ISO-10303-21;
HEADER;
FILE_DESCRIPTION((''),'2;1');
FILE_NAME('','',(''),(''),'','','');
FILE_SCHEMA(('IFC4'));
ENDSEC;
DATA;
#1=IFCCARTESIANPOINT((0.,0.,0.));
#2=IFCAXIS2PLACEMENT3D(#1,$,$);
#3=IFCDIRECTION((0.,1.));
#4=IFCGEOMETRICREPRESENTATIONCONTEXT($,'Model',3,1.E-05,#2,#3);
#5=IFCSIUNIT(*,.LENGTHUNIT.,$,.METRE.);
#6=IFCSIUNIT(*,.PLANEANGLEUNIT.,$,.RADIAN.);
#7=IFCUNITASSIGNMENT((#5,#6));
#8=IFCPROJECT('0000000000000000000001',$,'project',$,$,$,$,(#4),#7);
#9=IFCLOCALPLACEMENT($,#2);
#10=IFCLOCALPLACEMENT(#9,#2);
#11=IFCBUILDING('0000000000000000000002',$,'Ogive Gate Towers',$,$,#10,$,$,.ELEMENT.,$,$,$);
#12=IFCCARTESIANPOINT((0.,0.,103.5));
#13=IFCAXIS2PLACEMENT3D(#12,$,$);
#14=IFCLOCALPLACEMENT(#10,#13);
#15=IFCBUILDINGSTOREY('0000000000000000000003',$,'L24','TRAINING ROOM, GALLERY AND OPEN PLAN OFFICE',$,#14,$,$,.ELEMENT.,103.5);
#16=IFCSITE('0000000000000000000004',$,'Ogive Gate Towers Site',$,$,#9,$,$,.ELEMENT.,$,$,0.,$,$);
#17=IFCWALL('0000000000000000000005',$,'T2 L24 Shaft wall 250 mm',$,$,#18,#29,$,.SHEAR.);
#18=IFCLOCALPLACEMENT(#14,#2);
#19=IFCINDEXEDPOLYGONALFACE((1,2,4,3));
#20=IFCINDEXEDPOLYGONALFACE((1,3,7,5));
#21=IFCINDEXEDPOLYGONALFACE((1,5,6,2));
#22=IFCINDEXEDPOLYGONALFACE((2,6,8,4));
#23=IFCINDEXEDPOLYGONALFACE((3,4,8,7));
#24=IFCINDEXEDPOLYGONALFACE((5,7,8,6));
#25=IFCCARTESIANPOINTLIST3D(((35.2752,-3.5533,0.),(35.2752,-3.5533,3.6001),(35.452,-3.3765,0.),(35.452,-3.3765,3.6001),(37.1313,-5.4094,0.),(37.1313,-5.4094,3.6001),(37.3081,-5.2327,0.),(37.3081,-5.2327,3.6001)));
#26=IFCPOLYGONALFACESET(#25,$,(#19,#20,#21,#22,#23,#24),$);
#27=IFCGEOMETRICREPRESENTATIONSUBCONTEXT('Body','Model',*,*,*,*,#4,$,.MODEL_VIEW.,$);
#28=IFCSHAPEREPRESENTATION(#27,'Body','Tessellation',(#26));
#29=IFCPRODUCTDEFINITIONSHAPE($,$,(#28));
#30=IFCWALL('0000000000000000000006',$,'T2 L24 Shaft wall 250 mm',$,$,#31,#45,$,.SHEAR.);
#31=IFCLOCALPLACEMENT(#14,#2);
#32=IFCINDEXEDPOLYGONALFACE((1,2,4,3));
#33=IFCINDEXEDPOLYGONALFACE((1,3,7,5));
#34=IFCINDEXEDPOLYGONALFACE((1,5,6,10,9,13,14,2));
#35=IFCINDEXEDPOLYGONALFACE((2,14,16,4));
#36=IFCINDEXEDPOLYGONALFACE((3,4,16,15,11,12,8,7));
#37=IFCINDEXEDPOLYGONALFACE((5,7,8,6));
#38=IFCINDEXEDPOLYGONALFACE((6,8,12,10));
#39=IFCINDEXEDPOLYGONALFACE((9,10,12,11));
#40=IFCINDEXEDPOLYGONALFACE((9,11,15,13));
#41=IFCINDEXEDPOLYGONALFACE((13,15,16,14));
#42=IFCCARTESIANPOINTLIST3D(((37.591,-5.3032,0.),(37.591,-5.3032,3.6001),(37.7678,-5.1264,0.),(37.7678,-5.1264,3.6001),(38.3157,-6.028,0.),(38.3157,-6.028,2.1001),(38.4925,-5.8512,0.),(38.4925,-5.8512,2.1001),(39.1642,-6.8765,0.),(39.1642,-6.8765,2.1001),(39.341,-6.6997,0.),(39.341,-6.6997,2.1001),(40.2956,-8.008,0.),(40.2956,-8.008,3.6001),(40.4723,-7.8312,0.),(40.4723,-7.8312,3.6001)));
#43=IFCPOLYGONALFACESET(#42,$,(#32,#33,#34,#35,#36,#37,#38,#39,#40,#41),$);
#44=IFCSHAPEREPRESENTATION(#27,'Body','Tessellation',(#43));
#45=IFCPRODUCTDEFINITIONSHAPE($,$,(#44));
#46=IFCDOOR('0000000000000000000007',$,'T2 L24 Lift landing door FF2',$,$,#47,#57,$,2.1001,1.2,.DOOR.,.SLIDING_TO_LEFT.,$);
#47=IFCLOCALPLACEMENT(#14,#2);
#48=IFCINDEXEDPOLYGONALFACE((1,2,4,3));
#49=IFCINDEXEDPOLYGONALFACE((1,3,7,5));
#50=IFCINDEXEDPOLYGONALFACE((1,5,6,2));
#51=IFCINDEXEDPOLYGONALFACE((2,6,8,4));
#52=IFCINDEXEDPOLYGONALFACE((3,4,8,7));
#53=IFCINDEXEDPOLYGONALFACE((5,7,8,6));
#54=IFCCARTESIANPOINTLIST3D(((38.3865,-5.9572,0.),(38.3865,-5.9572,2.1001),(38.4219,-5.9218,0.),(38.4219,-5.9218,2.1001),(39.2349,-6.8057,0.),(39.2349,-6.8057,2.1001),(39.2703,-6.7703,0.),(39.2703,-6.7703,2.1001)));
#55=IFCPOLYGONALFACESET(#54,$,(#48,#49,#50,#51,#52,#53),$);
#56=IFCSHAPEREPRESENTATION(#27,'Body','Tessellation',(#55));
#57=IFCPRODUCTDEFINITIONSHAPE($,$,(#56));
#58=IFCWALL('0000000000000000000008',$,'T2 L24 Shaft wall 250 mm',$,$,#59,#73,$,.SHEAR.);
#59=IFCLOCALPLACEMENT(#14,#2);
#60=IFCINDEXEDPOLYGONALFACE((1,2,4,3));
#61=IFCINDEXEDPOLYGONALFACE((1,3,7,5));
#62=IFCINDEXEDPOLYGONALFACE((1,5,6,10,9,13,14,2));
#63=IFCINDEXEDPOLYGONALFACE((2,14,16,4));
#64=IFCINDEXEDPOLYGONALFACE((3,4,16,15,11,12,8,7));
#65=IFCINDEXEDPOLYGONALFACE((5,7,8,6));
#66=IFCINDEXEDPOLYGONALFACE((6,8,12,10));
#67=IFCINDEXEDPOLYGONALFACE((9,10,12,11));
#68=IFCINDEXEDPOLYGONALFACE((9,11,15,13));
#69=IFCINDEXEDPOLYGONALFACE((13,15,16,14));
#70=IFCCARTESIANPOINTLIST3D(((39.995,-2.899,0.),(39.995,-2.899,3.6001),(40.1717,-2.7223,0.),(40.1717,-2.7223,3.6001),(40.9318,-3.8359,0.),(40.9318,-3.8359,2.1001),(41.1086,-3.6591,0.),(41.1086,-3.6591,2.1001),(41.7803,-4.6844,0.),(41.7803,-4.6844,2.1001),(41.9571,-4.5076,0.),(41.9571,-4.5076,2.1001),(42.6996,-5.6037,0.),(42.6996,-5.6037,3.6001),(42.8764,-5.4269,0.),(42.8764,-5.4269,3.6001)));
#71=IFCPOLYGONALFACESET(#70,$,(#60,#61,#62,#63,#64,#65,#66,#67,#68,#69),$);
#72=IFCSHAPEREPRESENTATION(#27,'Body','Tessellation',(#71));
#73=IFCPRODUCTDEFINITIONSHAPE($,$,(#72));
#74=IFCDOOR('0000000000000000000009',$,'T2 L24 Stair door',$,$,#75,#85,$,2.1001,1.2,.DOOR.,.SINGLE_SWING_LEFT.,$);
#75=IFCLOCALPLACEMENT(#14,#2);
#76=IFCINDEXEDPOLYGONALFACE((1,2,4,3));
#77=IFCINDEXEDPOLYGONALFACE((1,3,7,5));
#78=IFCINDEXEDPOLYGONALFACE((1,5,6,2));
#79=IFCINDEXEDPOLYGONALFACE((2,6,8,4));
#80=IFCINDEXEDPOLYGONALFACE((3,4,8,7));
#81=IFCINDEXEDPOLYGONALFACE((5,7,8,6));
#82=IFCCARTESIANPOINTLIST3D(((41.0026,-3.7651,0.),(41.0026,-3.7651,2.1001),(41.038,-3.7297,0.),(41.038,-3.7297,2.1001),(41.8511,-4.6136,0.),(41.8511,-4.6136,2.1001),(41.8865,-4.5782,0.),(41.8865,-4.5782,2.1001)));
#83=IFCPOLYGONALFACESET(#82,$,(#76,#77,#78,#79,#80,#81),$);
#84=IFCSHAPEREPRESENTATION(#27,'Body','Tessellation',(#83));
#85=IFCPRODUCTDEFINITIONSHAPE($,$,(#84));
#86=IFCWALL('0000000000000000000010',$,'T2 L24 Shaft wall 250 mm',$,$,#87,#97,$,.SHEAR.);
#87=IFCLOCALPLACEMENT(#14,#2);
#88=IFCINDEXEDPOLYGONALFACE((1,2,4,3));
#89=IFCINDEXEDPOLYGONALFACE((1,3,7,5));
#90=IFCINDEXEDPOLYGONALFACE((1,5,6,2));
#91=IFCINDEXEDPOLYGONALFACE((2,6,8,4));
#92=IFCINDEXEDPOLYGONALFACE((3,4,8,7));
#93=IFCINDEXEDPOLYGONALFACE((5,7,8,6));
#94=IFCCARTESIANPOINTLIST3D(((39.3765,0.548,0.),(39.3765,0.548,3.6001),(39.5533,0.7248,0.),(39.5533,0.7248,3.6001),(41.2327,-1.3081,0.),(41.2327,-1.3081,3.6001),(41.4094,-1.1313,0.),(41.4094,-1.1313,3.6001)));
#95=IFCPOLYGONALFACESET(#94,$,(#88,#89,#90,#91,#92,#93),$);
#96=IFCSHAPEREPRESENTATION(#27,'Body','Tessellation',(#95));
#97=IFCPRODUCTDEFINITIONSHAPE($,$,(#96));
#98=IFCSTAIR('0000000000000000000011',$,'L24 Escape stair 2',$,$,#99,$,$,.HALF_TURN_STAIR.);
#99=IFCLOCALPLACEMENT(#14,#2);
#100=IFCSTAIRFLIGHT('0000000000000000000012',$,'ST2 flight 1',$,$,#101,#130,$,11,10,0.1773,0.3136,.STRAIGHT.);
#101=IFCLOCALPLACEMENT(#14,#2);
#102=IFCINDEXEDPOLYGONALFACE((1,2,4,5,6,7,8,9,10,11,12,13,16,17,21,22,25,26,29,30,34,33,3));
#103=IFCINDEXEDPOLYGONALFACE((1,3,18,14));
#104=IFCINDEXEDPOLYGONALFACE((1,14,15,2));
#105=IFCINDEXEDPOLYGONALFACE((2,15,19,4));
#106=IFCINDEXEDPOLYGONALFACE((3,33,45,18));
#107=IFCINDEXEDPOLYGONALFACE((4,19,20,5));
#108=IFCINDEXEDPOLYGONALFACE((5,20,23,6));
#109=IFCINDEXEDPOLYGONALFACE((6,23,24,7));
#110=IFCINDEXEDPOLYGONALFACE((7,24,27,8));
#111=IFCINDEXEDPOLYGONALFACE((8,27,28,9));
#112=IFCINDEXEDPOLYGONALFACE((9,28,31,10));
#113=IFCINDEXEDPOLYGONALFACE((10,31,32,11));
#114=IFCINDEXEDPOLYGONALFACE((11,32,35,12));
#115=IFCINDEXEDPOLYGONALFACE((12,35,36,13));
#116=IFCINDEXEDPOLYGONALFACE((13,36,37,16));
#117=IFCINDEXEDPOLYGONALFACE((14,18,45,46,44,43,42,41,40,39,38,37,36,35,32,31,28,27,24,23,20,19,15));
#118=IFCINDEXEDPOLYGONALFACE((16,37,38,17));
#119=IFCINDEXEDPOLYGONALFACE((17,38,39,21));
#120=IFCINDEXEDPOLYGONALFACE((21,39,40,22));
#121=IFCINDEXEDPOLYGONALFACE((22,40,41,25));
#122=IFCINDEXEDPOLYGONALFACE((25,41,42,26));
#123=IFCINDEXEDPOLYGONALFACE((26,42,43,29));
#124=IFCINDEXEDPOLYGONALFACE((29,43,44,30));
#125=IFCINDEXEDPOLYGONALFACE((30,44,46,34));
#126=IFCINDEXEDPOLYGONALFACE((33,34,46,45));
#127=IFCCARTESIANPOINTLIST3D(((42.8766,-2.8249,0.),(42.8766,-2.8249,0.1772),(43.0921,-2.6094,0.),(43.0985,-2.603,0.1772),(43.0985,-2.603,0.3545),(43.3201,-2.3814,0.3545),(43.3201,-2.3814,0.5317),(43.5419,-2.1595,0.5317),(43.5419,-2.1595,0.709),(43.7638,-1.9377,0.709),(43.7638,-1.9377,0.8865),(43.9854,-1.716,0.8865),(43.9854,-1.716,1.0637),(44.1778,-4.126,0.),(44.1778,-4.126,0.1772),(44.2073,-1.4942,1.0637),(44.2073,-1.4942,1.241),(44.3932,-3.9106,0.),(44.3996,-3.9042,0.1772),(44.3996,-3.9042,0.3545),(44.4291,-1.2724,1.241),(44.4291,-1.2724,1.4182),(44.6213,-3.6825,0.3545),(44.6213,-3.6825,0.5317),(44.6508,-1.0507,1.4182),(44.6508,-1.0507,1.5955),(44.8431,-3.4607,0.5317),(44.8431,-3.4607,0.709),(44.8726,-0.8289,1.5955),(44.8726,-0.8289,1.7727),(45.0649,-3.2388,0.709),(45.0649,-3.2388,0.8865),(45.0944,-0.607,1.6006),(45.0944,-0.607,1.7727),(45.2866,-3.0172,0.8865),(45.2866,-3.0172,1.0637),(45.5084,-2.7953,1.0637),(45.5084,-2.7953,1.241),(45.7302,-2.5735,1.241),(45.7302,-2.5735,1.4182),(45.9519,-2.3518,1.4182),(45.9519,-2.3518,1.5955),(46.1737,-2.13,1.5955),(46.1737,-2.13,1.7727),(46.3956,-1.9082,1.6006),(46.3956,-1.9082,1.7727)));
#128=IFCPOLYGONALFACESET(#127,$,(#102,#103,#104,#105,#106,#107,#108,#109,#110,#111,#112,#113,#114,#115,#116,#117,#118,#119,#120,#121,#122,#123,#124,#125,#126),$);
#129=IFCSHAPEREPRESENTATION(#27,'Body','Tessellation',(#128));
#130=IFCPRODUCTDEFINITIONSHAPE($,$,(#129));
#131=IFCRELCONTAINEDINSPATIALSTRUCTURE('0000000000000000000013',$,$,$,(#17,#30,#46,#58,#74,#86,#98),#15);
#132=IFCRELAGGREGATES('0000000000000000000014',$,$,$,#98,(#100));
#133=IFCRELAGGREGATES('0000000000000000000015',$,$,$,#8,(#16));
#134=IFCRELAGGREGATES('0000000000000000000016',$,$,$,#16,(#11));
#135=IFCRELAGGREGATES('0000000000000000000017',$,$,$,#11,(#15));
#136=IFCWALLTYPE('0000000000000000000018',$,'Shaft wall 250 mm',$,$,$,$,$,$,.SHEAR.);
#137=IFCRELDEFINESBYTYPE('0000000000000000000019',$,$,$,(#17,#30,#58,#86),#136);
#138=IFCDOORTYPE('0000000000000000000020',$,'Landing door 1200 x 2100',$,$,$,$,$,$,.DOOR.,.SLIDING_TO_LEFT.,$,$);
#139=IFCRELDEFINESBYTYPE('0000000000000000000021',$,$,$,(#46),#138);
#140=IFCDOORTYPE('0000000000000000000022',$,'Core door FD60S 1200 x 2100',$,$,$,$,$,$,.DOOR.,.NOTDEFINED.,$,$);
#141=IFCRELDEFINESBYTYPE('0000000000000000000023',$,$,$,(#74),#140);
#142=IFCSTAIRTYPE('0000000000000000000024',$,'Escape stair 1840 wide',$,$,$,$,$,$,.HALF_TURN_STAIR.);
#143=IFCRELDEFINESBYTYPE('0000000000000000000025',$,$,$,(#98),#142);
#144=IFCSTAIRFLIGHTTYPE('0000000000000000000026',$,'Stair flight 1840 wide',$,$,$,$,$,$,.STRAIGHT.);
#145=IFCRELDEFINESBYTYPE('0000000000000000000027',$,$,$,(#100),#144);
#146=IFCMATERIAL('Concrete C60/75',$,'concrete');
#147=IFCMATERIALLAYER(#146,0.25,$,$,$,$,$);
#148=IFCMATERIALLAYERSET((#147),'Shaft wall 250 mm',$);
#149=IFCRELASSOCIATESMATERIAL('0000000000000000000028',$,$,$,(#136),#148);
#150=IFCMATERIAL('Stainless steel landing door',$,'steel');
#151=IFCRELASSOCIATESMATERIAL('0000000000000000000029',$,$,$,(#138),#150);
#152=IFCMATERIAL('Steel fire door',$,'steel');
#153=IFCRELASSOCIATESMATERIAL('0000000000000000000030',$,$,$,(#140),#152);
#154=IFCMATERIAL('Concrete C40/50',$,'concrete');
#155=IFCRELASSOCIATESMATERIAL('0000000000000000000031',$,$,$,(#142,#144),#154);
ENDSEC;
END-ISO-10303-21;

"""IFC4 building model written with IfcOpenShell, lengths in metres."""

from ifc_helpers import new_model, si_unit, direction, frame, frame_2d, origin, place, context, subcontext, project, spatial, polyline, rectangle, outline, extrude, material, layer, layer_set, type_object, element, fill, aggregate, save


model = new_model("IFC4")

# Units and contexts
model_context = context("Model", 3, precision=1e-05, world=origin(), true_north=direction((0.0, 1.0)))
body_context = subcontext(model_context, "Body", "Model", "MODEL_VIEW")
ifc_project = project(units=[si_unit("LENGTHUNIT", "METRE"), si_unit("PLANEANGLEUNIT", "RADIAN")], contexts=[model_context])

# Site, building, storey
site_placement = place(None, origin())
site = spatial("IfcSite", under=ifc_project, at=site_placement, Name="Ogive Gate Towers Site", CompositionType="ELEMENT", RefElevation=0.0)
building_placement = place(site_placement, origin())
building = spatial("IfcBuilding", under=site, at=building_placement, Name="Ogive Gate Towers", CompositionType="ELEMENT")
storey_placement = place(building_placement, frame((0.0, 0.0, 103.5)))
storey = spatial("IfcBuildingStorey", under=building, at=storey_placement, Name="L24", Description="TRAINING ROOM, GALLERY AND OPEN PLAN OFFICE", CompositionType="ELEMENT", Elevation=103.5)

# Wall
ifc_material_1 = material(Name="Concrete C60/75", Category="concrete")
ifc_layer_1 = layer(ifc_material_1, 0.25)
ifc_layer_set_1 = layer_set([ifc_layer_1], Name="Shaft wall 250 mm")
wall_type_1 = type_object("IfcWallType", Name="Shaft wall 250 mm", PredefinedType="SHEAR", material=ifc_layer_set_1)
wall_1_placement = place(storey_placement, frame((37.2197, -5.321, 0.0), z_axis=(0.0, 0.0, 1.0), x_axis=(-0.707107, 0.707107, 0.0)))
element("IfcWall", 1, at=wall_1_placement, inside=storey, type_object=wall_type_1, Name="T2 L24 Shaft wall 250 mm", PredefinedType="SHEAR", context=body_context, shape_type="SweptSolid", body=[
    extrude(rectangle(XDim=2.625, YDim=0.25, at=frame_2d((1.3125, 0.0))), origin(), (0.0, 0.0, 1.0), 3.6001),
])

# Walls, openings, doors
wall_2_placement = place(storey_placement, frame((40.384, -7.9197, 0.0), z_axis=(0.0, 0.0, 1.0), x_axis=(-0.707075, 0.707139, 0.0)))
wall_2 = element("IfcWall", 2, at=wall_2_placement, inside=storey, type_object=wall_type_1, Name="T2 L24 Shaft wall 250 mm", PredefinedType="SHEAR", context=body_context, shape_type="SweptSolid", body=[
    extrude(rectangle(XDim=3.825, YDim=0.25, at=frame_2d((1.9126, 0.0))), origin(), (0.0, 0.0, 1.0), 3.6001),
])
opening_1_placement = place(wall_2_placement, frame((1.6001, 0.0, 0.0)))
opening_1 = element("IfcOpeningElement", 3, at=opening_1_placement, cuts=wall_2, PredefinedType="OPENING", context=body_context, shape_type="SweptSolid", body=[
    extrude(rectangle(XDim=1.2, YDim=2.1001, at=frame_2d((0.6001, 1.05))), frame((0.0, 0.135, 0.0), z_axis=(0.0, -1.0, 0.0), x_axis=(1.0, 0.0, 0.0)), (0.0, 0.0, 1.0), 0.27),
])
ifc_material_2 = material(Name="Stainless steel landing door", Category="steel")
door_type_1 = type_object("IfcDoorType", Name="Landing door 1200 x 2100", OperationType="SLIDING_TO_LEFT", PredefinedType="DOOR", material=ifc_material_2)
door_1_placement = place(opening_1_placement, origin())
door_1 = element("IfcDoor", 4, at=door_1_placement, inside=storey, type_object=door_type_1, Name="T2 L24 Lift landing door FF2", OperationType="SLIDING_TO_LEFT", OverallHeight=2.1001, OverallWidth=1.2, PredefinedType="DOOR", context=body_context, shape_type="SweptSolid", body=[
    extrude(rectangle(XDim=1.2, YDim=2.1001, at=frame_2d((0.6001, 1.05))), frame((0.0, 0.0249, 0.0), z_axis=(0.0, -1.0, 0.0), x_axis=(1.0, 0.0, 0.0)), (0.0, 0.0, 1.0), 0.05),
])
fill(opening_1, door_1)
wall_3_placement = place(storey_placement, frame((42.7881, -5.5154, 0.0), z_axis=(0.0, 0.0, 1.0), x_axis=(-0.707107, 0.707107, 0.0)))
wall_3 = element("IfcWall", 5, at=wall_3_placement, inside=storey, type_object=wall_type_1, Name="T2 L24 Shaft wall 250 mm", PredefinedType="SHEAR", context=body_context, shape_type="SweptSolid", body=[
    extrude(rectangle(XDim=3.825, YDim=0.25, at=frame_2d((1.9126, 0.0))), origin(), (0.0, 0.0, 1.0), 3.6001),
])
opening_2_placement = place(wall_3_placement, frame((1.3, 0.0, 0.0)))
opening_2 = element("IfcOpeningElement", 6, at=opening_2_placement, cuts=wall_3, PredefinedType="OPENING", context=body_context, shape_type="SweptSolid", body=[
    extrude(rectangle(XDim=1.2, YDim=2.1001, at=frame_2d((0.6001, 1.05))), frame((0.0, 0.135, 0.0), z_axis=(0.0, -1.0, 0.0), x_axis=(1.0, 0.0, 0.0)), (0.0, 0.0, 1.0), 0.27),
])
ifc_material_3 = material(Name="Steel fire door", Category="steel")
door_type_2 = type_object("IfcDoorType", Name="Core door FD60S 1200 x 2100", OperationType="NOTDEFINED", PredefinedType="DOOR", material=ifc_material_3)
door_2_placement = place(opening_2_placement, origin())
door_2 = element("IfcDoor", 7, at=door_2_placement, inside=storey, type_object=door_type_2, Name="T2 L24 Stair door", OperationType="SINGLE_SWING_LEFT", OverallHeight=2.1001, OverallWidth=1.2, PredefinedType="DOOR", context=body_context, shape_type="SweptSolid", body=[
    extrude(rectangle(XDim=1.2, YDim=2.1001, at=frame_2d((0.6001, 1.05))), frame((0.0, 0.0249, 0.0), z_axis=(0.0, -1.0, 0.0), x_axis=(1.0, 0.0, 0.0)), (0.0, 0.0, 1.0), 0.05),
])
fill(opening_2, door_2)

# Wall
wall_4_placement = place(storey_placement, frame((41.321, -1.2197, 0.0), z_axis=(0.0, 0.0, 1.0), x_axis=(-0.707107, 0.707107, 0.0)))
element("IfcWall", 8, at=wall_4_placement, inside=storey, type_object=wall_type_1, Name="T2 L24 Shaft wall 250 mm", PredefinedType="SHEAR", context=body_context, shape_type="SweptSolid", body=[
    extrude(rectangle(XDim=2.625, YDim=0.25, at=frame_2d((1.3125, 0.0))), origin(), (0.0, 0.0, 1.0), 3.6001),
])

# Stair, stair flight
ifc_material_4 = material(Name="Concrete C40/50", Category="concrete")
stair_type = type_object("IfcStairType", Name="Escape stair 1840 wide", PredefinedType="HALF_TURN_STAIR", material=ifc_material_4)
stair_placement = place(storey_placement, origin())
stair = element("IfcStair", 9, at=stair_placement, inside=storey, type_object=stair_type, Name="L24 Escape stair 2", PredefinedType="HALF_TURN_STAIR")
stair_flight_type = type_object("IfcStairFlightType", Name="Stair flight 1840 wide", PredefinedType="STRAIGHT", material=ifc_material_4)
stair_flight_placement = place(storey_placement, frame((43.5271, -3.4753, 0.0), z_axis=(0.0, 0.0, 1.0), x_axis=(0.707107, 0.707107, 0.0)))
stair_flight = element("IfcStairFlight", 10, at=stair_flight_placement, type_object=stair_flight_type, Name="ST2 flight 1", NumberOfRisers=11, NumberOfTreads=10, PredefinedType="STRAIGHT", RiserHeight=0.1773, TreadLength=0.3136, context=body_context, shape_type="SweptSolid", body=[
    extrude(outline(polyline([(0.0, 0.0), (0.0, 0.1772), (0.3137, 0.1772), (0.3137, 0.3545), (0.6272, 0.3545), (0.6272, 0.5317), (0.9409, 0.5317), (0.9409, 0.709), (1.2546, 0.709), (1.2546, 0.8865), (1.5681, 0.8865), (1.5681, 1.0637), (1.8818, 1.0637), (1.8818, 1.241), (2.1956, 1.241), (2.1956, 1.4182), (2.509, 1.4182), (2.509, 1.5955), (2.8228, 1.5955), (2.8228, 1.7727), (3.1365, 1.7727), (3.1365, 1.95), (3.1365, 1.6006), (0.3047, 0.0), (0.0, 0.0)])), frame((0.0, 0.9199, 0.0), z_axis=(0.0, -1.0, 0.0), x_axis=(1.0, 0.0, 0.0)), (0.0, 0.0, 1.0), 1.8401),
])
aggregate(stair, [stair_flight])

save(model, "model.ifc")
